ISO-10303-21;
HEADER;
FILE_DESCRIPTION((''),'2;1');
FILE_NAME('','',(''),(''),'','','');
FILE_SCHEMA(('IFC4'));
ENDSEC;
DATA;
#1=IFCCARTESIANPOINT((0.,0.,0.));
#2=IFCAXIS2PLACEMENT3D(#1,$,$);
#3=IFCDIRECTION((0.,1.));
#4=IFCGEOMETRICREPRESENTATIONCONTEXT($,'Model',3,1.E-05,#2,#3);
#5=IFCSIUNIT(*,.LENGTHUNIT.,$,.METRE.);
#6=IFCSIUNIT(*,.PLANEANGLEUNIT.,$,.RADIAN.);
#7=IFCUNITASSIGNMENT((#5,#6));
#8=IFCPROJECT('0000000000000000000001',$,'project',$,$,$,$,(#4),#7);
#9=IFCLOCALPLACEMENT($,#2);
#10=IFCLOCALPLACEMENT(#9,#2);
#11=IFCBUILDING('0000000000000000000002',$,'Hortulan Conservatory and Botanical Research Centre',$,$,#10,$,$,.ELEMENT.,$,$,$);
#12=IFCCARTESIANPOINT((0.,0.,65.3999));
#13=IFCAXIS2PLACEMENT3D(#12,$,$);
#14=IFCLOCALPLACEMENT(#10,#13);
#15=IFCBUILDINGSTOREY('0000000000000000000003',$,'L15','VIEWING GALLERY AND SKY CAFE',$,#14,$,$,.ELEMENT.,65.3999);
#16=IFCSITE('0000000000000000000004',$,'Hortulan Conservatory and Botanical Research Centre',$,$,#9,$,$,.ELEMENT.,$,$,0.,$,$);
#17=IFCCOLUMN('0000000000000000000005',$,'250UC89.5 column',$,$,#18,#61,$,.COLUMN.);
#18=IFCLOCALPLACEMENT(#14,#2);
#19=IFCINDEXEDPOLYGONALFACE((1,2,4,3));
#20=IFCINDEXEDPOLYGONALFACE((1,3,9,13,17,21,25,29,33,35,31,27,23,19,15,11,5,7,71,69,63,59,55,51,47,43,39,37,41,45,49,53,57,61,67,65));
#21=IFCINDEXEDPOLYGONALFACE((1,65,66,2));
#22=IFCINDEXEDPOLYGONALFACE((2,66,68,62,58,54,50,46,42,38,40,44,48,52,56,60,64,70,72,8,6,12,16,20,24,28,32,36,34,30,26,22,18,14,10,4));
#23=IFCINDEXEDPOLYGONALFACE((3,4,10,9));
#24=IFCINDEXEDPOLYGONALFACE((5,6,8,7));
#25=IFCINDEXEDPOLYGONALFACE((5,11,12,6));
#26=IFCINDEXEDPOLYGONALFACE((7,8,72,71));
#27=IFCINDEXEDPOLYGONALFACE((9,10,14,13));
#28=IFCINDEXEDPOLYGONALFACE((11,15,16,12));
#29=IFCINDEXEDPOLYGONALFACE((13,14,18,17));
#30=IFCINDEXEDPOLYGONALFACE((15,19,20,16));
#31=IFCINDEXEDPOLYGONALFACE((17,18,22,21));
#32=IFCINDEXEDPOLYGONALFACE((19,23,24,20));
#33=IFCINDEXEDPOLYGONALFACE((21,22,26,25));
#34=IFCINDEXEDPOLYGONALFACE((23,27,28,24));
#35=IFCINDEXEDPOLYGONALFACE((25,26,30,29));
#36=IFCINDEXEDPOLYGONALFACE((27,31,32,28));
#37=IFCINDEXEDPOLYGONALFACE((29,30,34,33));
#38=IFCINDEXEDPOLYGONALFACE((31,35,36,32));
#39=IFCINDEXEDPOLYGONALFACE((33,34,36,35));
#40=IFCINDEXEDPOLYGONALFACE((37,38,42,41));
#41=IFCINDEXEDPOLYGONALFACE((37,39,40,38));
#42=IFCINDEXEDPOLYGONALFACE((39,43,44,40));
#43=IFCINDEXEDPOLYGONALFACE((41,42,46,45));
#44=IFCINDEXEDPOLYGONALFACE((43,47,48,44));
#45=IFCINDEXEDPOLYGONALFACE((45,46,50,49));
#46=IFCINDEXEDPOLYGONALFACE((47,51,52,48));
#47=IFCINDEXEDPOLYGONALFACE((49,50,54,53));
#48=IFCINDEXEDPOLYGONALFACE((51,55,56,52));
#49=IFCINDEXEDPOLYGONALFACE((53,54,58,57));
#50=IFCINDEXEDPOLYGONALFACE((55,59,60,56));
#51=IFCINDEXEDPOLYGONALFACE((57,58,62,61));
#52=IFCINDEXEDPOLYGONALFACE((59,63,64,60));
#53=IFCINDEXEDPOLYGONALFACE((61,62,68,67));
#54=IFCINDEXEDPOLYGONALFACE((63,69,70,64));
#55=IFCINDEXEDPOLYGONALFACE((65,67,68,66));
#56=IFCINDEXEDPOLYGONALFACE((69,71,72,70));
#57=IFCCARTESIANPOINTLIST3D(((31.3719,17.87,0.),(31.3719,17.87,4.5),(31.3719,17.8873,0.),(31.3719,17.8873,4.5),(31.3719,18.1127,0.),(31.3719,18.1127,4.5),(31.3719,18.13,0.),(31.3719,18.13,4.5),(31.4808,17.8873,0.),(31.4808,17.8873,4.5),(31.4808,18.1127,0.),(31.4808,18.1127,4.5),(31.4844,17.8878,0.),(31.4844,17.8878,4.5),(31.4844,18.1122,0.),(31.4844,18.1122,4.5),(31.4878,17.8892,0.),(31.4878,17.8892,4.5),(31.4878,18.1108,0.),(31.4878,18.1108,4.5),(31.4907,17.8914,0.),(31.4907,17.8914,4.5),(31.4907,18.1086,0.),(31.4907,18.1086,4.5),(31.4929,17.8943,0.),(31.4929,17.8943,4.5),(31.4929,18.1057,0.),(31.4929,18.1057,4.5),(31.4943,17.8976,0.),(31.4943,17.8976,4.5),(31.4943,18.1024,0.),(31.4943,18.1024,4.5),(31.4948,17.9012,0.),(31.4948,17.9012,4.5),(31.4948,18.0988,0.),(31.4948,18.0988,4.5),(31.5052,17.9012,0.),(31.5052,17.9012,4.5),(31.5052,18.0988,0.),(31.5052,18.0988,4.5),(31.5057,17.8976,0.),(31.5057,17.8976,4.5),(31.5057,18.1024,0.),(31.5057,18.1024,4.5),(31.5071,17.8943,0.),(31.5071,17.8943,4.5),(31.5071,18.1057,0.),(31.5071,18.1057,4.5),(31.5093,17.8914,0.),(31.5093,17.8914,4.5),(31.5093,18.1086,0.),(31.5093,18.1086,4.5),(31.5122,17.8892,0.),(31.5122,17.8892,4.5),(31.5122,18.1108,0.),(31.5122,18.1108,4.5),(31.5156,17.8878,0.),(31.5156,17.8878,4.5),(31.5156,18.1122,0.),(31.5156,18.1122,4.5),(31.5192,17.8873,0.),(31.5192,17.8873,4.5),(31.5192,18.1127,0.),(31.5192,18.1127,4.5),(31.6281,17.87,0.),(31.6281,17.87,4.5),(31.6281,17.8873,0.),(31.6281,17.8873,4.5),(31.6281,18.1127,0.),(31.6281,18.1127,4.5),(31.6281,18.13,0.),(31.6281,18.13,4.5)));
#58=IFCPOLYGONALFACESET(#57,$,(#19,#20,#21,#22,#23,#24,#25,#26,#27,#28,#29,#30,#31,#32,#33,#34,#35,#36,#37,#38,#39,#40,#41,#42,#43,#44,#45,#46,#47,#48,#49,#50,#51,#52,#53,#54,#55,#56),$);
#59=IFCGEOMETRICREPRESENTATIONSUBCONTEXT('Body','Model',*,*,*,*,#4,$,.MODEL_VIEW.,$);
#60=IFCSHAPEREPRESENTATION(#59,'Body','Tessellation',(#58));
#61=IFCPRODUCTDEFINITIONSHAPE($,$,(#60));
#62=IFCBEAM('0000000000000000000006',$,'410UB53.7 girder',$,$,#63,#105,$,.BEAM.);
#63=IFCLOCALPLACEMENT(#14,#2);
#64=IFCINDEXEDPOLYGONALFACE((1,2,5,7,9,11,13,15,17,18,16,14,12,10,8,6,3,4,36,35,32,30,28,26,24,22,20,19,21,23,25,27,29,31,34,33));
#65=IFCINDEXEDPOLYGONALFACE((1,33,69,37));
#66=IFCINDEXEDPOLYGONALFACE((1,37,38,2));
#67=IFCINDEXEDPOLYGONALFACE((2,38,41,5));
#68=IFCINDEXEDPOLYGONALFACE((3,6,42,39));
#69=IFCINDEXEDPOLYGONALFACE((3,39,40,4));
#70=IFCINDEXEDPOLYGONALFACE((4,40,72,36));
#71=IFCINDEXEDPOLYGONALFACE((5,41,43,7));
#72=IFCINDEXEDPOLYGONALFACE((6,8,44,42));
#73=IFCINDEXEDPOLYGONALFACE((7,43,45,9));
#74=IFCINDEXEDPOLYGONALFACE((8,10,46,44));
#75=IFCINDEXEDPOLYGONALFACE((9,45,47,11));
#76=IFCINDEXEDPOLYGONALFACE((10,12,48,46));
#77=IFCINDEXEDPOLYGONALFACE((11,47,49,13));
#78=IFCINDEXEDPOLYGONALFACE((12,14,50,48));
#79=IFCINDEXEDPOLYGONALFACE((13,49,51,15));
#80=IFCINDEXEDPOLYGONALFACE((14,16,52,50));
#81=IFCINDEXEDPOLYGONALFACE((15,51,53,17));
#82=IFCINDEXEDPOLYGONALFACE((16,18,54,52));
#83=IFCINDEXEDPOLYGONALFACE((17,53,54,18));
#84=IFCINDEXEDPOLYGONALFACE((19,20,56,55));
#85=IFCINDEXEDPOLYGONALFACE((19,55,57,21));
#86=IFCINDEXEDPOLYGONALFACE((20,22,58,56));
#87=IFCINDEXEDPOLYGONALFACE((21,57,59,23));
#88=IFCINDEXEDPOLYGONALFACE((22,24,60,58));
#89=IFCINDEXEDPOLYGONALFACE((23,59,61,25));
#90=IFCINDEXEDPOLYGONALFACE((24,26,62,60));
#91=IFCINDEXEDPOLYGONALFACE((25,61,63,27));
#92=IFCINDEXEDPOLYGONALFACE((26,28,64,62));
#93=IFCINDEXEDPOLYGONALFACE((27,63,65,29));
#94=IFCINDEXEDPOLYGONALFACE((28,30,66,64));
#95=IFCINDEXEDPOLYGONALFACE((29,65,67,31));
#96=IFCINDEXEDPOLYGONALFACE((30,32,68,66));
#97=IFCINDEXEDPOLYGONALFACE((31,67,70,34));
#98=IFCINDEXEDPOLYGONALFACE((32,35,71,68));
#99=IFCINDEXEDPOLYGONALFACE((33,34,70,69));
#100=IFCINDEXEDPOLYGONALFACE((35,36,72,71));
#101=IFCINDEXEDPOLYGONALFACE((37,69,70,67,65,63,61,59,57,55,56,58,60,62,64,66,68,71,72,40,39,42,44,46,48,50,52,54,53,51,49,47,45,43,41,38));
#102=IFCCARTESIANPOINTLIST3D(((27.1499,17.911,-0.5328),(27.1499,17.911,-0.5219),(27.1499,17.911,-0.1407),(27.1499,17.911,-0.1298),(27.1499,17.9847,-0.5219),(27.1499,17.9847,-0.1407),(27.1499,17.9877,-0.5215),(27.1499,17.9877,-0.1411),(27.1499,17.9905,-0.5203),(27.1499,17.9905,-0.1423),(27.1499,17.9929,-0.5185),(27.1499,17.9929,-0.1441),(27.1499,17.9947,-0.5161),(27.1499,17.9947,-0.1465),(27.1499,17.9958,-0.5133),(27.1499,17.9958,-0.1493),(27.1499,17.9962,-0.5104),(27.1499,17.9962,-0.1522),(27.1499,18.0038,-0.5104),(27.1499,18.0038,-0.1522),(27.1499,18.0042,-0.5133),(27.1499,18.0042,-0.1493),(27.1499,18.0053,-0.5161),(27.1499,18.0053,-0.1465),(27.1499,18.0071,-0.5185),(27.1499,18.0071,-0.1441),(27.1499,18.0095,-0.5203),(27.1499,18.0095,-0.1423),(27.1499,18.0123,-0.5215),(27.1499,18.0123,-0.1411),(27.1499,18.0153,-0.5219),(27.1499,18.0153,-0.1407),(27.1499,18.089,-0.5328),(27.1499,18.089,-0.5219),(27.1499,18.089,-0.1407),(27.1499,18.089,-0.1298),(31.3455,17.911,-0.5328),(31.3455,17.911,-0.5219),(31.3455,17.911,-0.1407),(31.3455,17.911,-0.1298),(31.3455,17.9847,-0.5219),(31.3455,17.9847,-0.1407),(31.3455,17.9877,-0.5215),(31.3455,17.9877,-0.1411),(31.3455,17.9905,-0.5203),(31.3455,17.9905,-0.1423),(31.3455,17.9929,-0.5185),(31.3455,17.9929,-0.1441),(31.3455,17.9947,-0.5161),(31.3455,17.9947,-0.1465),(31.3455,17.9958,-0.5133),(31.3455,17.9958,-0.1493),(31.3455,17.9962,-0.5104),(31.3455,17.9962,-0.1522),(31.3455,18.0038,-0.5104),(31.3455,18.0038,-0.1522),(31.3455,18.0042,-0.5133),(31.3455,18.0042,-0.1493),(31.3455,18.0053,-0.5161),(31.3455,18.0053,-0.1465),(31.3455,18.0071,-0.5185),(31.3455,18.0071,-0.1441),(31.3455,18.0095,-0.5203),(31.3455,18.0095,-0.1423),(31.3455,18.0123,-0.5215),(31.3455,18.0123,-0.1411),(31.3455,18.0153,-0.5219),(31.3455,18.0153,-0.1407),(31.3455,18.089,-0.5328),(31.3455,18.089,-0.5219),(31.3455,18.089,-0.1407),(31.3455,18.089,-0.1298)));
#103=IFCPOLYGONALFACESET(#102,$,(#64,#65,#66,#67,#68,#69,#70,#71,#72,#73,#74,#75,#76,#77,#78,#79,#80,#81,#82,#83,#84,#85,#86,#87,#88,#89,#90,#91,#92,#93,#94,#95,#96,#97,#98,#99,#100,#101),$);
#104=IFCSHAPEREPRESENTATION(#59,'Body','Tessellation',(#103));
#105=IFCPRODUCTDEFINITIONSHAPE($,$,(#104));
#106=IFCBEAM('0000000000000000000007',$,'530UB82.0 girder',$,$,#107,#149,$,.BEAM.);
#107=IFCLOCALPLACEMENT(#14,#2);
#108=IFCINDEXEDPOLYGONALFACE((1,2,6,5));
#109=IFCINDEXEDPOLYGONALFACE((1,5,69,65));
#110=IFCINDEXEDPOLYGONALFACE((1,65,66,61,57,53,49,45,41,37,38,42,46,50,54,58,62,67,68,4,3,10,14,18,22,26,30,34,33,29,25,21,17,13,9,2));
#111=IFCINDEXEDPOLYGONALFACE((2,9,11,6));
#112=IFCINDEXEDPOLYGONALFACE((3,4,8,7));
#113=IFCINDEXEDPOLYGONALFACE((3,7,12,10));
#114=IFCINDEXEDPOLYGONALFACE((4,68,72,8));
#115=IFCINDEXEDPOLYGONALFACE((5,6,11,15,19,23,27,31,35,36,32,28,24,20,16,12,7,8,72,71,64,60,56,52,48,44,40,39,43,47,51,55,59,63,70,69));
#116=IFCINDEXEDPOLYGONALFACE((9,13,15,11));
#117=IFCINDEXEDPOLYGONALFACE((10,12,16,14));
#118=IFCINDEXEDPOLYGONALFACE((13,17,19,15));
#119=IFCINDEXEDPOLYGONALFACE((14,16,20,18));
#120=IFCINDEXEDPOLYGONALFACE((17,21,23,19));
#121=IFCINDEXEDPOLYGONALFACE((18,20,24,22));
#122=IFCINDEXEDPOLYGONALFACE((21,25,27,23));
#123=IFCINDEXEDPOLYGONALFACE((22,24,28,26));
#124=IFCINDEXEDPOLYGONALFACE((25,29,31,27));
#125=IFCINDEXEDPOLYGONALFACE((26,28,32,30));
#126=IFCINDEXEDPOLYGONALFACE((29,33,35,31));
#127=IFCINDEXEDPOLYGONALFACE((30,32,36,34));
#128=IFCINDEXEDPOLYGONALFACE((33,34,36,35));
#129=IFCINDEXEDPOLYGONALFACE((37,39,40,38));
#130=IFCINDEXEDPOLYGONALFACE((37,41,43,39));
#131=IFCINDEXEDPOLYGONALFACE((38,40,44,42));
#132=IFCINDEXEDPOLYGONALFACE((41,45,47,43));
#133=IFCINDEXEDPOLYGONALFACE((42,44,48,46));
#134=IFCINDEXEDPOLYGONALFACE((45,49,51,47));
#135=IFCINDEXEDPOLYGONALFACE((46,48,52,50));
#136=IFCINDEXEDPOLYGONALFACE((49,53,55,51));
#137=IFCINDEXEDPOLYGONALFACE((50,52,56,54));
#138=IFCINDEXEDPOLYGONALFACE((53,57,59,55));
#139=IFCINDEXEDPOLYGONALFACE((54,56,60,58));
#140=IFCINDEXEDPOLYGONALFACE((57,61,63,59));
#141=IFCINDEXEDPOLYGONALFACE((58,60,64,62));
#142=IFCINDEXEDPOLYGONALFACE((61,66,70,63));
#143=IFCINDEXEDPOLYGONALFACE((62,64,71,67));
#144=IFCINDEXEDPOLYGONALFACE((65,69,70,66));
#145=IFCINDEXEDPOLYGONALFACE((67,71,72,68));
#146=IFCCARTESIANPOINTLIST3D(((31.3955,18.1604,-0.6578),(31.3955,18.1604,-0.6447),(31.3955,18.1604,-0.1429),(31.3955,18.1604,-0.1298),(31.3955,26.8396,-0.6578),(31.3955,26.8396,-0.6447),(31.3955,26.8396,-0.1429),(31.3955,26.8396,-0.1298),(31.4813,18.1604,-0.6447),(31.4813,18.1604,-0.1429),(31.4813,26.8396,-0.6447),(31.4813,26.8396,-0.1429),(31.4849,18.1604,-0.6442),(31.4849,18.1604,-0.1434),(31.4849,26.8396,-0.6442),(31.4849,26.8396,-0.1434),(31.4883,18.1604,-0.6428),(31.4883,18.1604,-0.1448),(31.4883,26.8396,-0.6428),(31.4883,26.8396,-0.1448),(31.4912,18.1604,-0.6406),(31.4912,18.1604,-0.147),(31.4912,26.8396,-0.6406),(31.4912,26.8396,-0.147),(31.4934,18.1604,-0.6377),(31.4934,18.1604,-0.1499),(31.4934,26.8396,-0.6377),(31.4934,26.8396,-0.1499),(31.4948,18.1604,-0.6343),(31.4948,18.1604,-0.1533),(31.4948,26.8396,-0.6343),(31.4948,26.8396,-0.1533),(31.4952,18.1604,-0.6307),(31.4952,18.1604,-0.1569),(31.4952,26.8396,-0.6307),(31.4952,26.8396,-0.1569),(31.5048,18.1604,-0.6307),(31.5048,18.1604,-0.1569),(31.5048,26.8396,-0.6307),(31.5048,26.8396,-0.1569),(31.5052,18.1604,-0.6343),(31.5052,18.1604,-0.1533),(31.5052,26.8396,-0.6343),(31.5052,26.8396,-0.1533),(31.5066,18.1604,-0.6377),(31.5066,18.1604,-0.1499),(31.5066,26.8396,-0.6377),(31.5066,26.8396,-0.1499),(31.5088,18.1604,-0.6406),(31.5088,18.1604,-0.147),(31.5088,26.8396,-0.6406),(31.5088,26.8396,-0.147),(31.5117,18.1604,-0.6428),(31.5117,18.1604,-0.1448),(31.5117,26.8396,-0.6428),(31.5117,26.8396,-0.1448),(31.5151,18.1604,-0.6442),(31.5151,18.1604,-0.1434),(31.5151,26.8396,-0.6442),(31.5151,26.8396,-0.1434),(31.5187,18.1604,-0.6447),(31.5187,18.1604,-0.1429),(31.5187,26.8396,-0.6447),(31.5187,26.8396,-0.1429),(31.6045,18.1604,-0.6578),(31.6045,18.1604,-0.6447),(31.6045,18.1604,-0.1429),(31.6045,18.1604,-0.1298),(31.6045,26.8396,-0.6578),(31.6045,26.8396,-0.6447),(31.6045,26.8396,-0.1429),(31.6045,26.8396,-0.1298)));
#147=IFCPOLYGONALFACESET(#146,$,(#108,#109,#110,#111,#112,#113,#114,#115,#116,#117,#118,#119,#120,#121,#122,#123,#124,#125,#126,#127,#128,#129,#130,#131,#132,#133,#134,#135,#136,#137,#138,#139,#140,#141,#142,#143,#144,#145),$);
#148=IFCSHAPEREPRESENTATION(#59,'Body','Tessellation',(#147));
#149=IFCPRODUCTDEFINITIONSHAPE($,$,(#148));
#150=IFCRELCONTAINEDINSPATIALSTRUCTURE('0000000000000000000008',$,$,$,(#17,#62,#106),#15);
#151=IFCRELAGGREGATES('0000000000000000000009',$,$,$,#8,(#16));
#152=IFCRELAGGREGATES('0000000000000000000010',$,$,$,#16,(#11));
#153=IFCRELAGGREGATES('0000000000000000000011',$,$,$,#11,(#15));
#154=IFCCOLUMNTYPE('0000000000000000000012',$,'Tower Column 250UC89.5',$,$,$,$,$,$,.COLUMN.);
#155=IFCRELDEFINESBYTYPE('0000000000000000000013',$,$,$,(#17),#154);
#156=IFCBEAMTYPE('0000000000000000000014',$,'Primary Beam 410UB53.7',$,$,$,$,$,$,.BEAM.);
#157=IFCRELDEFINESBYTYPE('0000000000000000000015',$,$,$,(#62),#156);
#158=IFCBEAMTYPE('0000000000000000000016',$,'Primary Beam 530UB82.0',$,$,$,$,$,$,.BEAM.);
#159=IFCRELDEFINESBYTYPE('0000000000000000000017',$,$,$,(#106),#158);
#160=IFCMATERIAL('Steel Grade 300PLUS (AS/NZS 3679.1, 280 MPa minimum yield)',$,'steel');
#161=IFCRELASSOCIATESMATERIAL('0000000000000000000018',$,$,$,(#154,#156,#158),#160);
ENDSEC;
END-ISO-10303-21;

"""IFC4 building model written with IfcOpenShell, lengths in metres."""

from ifc_helpers import new_model, si_unit, direction, frame, origin, origin_2d, place, context, subcontext, project, spatial, i_section, extrude, material, material_profile, profile_set, type_object, element, save


model = new_model("IFC4")

# Units and contexts
model_context = context("Model", 3, precision=1e-05, world=origin(), true_north=direction((0.0, 1.0)))
body_context = subcontext(model_context, "Body", "Model", "MODEL_VIEW")
ifc_project = project(units=[si_unit("LENGTHUNIT", "METRE"), si_unit("PLANEANGLEUNIT", "RADIAN")], contexts=[model_context])

# Site, building, storey
site_placement = place(None, origin())
site = spatial("IfcSite", under=ifc_project, at=site_placement, Name="Hortulan Conservatory and Botanical Research Centre", CompositionType="ELEMENT", RefElevation=0.0)
building_placement = place(site_placement, origin())
building = spatial("IfcBuilding", under=site, at=building_placement, Name="Hortulan Conservatory and Botanical Research Centre", CompositionType="ELEMENT")
storey_placement = place(building_placement, frame((0.0, 0.0, 65.3999)))
storey = spatial("IfcBuildingStorey", under=building, at=storey_placement, Name="L15", Description="VIEWING GALLERY AND SKY CAFE", CompositionType="ELEMENT", Elevation=65.3999)

# Column
ifc_material_1 = material(Name="Steel Grade 300PLUS (AS/NZS 3679.1, 280 MPa minimum yield)", Category="steel")
ifc_material_profile_1 = material_profile(ifc_material_1, i_section(OverallWidth=0.2561, OverallDepth=0.26, WebThickness=0.0105, FlangeThickness=0.0173, FilletRadius=0.0139, at=origin_2d()), Name="250UC89.5")
ifc_profile_set_1 = profile_set([ifc_material_profile_1], Name="Steel Grade 300PLUS (AS/NZS 3679.1, 280 MPa minimum yield)")
column_type = type_object("IfcColumnType", Name="Tower Column 250UC89.5", PredefinedType="COLUMN", material=ifc_profile_set_1)
column_placement = place(storey_placement, frame((31.5, 18.0, 0.0), z_axis=(0.0, 0.0, 1.0), x_axis=(1.0, 0.0, 0.0)))
element("IfcColumn", 1, at=column_placement, inside=storey, type_object=column_type, Name="250UC89.5 column", PredefinedType="COLUMN", context=body_context, shape_type="SweptSolid", body=[
    extrude(i_section(OverallWidth=0.2561, OverallDepth=0.26, WebThickness=0.0105, FlangeThickness=0.0173, FilletRadius=0.0139, at=origin_2d()), origin(), (0.0, 0.0, 1.0), 4.5),
])

# Beams
ifc_material_profile_2 = material_profile(ifc_material_1, i_section(OverallWidth=0.178, OverallDepth=0.4031, WebThickness=0.0076, FlangeThickness=0.011, FilletRadius=0.0115, at=origin_2d()), Name="410UB53.7")
ifc_profile_set_2 = profile_set([ifc_material_profile_2], Name="Steel Grade 300PLUS (AS/NZS 3679.1, 280 MPa minimum yield)")
beam_type_1 = type_object("IfcBeamType", Name="Primary Beam 410UB53.7", PredefinedType="BEAM", material=ifc_profile_set_2)
beam_1_placement = place(storey_placement, frame((27.1499, 18.0, -0.3313), z_axis=(1.0, 0.0, 0.0), x_axis=(0.0, 1.0, 0.0)))
element("IfcBeam", 2, at=beam_1_placement, inside=storey, type_object=beam_type_1, Name="410UB53.7 girder", PredefinedType="BEAM", context=body_context, shape_type="SweptSolid", body=[
    extrude(i_section(OverallWidth=0.178, OverallDepth=0.4031, WebThickness=0.0076, FlangeThickness=0.011, FilletRadius=0.0115, at=origin_2d()), origin(), (0.0, 0.0, 1.0), 4.1956),
])
ifc_material_profile_3 = material_profile(ifc_material_1, i_section(OverallWidth=0.209, OverallDepth=0.5281, WebThickness=0.0095, FlangeThickness=0.0132, FilletRadius=0.0139, at=origin_2d()), Name="530UB82.0")
ifc_profile_set_3 = profile_set([ifc_material_profile_3], Name="Steel Grade 300PLUS (AS/NZS 3679.1, 280 MPa minimum yield)")
beam_type_2 = type_object("IfcBeamType", Name="Primary Beam 530UB82.0", PredefinedType="BEAM", material=ifc_profile_set_3)
beam_2_placement = place(storey_placement, frame((31.5, 18.1604, -0.3938), z_axis=(0.0, 1.0, 0.0), x_axis=(-1.0, 0.0, 0.0)))
element("IfcBeam", 3, at=beam_2_placement, inside=storey, type_object=beam_type_2, Name="530UB82.0 girder", PredefinedType="BEAM", context=body_context, shape_type="SweptSolid", body=[
    extrude(i_section(OverallWidth=0.209, OverallDepth=0.5281, WebThickness=0.0095, FlangeThickness=0.0132, FilletRadius=0.0139, at=origin_2d()), origin(), (0.0, 0.0, 1.0), 8.6792),
])

save(model, "model.ifc")
